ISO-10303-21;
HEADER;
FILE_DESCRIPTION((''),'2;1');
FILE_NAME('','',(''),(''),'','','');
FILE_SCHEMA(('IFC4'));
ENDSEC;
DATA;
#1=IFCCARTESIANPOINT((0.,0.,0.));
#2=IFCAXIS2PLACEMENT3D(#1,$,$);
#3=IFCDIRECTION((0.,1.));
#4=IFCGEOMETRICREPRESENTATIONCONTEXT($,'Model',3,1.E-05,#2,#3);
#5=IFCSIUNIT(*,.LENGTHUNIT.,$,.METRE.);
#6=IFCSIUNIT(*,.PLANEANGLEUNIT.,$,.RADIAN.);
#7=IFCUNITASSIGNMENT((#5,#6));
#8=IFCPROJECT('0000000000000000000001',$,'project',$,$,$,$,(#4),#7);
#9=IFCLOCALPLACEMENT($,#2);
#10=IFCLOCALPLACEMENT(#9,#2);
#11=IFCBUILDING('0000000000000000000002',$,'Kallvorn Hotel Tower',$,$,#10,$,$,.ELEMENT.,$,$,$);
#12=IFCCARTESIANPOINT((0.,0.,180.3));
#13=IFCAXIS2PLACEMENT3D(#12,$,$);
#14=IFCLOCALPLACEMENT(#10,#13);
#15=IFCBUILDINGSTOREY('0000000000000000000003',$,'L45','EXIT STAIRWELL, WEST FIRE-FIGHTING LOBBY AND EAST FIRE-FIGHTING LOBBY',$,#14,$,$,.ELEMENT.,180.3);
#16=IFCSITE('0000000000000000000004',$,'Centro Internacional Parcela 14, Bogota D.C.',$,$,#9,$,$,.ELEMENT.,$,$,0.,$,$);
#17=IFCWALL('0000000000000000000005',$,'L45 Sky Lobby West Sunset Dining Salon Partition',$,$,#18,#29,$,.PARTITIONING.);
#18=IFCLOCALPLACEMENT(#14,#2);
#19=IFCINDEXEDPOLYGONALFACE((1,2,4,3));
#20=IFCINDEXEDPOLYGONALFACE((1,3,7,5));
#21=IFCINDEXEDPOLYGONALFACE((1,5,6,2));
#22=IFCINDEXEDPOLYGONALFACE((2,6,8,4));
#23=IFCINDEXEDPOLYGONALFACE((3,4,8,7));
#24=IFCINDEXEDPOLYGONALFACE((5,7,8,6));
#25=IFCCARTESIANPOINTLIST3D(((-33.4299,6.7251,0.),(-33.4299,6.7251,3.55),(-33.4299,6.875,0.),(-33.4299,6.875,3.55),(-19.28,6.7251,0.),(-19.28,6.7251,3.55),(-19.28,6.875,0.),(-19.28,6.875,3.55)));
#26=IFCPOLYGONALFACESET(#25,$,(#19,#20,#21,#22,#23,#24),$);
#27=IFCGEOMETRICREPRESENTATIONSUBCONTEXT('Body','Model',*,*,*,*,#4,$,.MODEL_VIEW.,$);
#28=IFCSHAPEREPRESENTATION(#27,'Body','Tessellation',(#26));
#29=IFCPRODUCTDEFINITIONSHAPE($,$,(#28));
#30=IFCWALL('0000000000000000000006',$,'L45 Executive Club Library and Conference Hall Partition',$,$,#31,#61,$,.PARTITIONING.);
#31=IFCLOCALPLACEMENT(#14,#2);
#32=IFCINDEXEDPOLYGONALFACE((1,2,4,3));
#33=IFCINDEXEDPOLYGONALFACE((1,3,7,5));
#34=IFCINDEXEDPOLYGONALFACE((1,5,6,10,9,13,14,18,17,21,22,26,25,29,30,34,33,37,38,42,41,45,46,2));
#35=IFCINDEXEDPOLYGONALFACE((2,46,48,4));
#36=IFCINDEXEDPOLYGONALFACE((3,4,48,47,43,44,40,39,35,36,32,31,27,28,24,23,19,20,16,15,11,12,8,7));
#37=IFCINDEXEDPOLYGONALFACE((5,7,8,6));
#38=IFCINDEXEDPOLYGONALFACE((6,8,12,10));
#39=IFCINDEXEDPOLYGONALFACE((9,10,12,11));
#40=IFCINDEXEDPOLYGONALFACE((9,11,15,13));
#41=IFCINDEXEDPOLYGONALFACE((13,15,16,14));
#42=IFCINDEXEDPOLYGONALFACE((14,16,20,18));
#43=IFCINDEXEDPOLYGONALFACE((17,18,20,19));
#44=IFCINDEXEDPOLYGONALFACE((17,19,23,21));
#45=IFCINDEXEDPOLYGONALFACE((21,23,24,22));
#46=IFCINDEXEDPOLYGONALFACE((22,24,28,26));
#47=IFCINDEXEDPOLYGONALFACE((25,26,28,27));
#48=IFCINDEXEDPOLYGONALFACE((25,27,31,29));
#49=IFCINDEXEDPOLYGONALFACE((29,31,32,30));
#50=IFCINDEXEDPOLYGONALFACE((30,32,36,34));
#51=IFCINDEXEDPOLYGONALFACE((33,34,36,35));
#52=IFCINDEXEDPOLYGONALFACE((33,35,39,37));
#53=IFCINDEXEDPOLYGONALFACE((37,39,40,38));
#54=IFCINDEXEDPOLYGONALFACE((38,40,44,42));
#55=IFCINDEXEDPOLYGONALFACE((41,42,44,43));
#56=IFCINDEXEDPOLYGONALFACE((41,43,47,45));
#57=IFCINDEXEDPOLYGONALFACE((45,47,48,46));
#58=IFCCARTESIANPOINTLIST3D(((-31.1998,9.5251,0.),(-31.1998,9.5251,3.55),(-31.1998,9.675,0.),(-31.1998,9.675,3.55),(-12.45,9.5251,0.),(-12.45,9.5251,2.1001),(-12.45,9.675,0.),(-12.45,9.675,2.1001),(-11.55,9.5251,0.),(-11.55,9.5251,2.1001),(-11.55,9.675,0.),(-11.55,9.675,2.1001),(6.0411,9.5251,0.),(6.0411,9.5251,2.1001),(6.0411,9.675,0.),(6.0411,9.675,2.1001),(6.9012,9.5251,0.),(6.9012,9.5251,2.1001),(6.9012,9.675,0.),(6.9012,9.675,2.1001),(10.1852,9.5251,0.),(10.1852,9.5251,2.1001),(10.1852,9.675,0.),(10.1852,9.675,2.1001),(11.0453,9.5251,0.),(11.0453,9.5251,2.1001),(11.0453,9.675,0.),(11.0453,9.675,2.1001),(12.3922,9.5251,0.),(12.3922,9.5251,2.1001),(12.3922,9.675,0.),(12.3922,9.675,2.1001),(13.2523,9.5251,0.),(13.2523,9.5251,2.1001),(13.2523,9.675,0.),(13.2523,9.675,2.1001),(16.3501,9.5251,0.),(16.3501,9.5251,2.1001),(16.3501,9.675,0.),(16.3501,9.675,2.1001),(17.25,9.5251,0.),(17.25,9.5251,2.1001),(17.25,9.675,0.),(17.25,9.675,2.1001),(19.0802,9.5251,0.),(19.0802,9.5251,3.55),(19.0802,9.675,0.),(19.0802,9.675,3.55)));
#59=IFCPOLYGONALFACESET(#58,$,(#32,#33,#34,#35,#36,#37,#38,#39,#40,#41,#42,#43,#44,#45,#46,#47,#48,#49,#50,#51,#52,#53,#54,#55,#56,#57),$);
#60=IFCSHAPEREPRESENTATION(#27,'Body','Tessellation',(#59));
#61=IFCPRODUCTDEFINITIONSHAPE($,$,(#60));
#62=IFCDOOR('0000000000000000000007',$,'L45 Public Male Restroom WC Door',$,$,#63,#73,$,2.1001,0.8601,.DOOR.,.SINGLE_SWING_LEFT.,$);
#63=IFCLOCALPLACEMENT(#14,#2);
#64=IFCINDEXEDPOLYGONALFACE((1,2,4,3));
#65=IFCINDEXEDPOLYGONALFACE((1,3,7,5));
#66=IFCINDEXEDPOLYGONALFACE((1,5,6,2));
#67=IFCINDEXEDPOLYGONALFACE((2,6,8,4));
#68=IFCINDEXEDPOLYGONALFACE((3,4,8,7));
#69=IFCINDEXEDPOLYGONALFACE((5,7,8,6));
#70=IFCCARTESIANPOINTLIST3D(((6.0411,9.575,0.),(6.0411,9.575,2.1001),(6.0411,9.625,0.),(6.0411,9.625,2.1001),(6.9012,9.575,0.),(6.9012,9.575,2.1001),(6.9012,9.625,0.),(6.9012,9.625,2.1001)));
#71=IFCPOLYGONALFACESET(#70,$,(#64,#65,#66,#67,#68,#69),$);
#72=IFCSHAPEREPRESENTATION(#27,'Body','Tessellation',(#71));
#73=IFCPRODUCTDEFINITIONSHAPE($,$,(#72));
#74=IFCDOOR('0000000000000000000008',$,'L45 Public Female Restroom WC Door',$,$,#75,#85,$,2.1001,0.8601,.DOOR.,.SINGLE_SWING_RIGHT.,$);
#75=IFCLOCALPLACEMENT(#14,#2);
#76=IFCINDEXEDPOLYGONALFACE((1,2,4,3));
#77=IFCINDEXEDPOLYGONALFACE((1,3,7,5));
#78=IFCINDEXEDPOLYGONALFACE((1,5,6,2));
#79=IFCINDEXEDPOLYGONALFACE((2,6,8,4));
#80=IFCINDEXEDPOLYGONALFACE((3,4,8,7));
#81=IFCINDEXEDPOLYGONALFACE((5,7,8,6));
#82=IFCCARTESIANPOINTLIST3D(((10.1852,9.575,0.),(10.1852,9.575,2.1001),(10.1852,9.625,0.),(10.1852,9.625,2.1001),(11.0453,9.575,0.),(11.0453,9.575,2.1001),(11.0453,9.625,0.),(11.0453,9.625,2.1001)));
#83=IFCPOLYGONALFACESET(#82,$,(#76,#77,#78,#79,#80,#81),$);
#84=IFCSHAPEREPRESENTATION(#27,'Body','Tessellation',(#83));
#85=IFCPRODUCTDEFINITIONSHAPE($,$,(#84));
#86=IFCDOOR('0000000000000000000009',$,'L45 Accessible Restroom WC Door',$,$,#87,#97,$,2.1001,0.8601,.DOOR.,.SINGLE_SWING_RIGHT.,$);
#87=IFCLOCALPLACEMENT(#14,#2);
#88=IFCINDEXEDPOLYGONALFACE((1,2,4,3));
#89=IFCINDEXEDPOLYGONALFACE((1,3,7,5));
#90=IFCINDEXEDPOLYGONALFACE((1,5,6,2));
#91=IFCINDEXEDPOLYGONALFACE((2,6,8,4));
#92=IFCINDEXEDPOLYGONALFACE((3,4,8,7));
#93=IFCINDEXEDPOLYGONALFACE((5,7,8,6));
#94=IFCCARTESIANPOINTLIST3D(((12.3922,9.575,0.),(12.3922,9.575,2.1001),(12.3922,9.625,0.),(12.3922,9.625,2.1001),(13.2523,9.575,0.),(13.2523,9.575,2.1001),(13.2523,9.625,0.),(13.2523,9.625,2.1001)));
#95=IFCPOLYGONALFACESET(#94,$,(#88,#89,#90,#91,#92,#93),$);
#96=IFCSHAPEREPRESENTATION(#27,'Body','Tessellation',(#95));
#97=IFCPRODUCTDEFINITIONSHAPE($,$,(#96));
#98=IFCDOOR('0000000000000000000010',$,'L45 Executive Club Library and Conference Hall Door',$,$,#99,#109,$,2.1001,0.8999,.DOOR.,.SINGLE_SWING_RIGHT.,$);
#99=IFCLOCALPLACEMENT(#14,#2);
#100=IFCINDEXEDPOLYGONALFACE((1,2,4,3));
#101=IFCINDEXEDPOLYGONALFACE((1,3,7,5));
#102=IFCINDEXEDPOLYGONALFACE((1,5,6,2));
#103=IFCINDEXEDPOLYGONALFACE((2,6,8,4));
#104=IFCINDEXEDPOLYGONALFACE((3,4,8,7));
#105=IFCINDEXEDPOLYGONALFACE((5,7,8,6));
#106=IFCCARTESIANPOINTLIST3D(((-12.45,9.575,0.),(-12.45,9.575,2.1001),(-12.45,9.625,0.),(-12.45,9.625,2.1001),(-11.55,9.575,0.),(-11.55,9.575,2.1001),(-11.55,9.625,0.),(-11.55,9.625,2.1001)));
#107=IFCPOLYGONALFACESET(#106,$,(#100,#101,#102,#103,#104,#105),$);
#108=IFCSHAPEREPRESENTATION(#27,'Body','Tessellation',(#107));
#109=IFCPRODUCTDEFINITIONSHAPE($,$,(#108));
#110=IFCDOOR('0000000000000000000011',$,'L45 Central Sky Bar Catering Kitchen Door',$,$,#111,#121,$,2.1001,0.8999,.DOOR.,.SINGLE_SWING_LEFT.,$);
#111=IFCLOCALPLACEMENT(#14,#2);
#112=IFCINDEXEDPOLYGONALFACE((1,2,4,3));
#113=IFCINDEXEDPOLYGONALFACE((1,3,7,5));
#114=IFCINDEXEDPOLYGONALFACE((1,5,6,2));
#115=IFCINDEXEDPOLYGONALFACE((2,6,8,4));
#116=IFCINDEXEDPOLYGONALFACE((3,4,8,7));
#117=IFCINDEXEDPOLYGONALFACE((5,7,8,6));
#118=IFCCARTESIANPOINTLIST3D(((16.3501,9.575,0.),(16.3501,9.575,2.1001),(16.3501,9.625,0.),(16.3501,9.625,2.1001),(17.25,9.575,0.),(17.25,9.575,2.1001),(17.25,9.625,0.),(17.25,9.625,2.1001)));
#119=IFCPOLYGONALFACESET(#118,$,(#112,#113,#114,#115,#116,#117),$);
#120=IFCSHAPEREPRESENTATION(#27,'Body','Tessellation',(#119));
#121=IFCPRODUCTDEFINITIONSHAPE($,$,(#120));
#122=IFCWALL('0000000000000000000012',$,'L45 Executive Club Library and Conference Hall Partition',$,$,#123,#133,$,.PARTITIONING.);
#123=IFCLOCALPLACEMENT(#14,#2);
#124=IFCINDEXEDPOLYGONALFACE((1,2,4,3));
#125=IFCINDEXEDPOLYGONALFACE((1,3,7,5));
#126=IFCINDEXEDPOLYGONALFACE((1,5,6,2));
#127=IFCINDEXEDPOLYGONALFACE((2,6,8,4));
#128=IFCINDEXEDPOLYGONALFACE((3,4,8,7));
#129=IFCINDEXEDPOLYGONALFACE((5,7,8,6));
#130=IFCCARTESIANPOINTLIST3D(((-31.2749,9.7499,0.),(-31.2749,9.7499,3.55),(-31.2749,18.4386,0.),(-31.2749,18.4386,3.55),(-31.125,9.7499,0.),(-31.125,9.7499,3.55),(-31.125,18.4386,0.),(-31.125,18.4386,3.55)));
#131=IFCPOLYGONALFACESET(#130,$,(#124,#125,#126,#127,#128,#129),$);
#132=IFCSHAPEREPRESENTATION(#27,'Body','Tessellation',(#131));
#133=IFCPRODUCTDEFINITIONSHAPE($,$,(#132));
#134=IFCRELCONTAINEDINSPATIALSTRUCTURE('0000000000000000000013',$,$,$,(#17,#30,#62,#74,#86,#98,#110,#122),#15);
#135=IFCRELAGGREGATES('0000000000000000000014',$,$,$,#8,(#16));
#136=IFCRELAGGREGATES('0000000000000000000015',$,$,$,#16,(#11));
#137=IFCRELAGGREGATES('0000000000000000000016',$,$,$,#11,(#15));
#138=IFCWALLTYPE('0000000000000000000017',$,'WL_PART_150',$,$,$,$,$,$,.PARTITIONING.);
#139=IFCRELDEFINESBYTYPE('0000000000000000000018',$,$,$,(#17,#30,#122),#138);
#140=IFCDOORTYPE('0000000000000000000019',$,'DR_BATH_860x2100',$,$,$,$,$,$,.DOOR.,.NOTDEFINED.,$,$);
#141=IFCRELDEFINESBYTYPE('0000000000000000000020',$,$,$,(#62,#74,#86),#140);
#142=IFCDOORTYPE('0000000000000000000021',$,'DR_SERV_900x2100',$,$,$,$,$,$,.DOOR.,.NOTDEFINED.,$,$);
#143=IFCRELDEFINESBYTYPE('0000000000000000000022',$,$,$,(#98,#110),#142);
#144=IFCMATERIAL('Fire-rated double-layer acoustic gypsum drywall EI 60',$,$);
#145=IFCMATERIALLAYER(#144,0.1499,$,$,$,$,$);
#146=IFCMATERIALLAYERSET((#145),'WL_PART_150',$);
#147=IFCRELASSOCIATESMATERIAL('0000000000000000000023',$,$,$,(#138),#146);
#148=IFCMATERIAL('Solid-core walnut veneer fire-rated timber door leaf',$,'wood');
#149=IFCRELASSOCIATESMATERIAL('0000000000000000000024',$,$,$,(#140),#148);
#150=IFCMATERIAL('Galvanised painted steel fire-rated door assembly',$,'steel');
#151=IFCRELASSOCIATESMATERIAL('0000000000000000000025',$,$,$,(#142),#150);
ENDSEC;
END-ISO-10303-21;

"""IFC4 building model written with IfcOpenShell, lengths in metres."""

from ifc_helpers import new_model, si_unit, direction, frame, frame_2d, origin, place, context, subcontext, project, spatial, rectangle, extrude, material, layer, layer_set, type_object, element, fill, save


model = new_model("IFC4")

# Units and contexts
model_context = context("Model", 3, precision=1e-05, world=origin(), true_north=direction((0.0, 1.0)))
body_context = subcontext(model_context, "Body", "Model", "MODEL_VIEW")
ifc_project = project(units=[si_unit("LENGTHUNIT", "METRE"), si_unit("PLANEANGLEUNIT", "RADIAN")], contexts=[model_context])

# Site, building, storey
site_placement = place(None, origin())
site = spatial("IfcSite", under=ifc_project, at=site_placement, Name="Centro Internacional Parcela 14, Bogota D.C.", CompositionType="ELEMENT", RefElevation=0.0)
building_placement = place(site_placement, origin())
building = spatial("IfcBuilding", under=site, at=building_placement, Name="Kallvorn Hotel Tower", CompositionType="ELEMENT")
storey_placement = place(building_placement, frame((0.0, 0.0, 180.3)))
storey = spatial("IfcBuildingStorey", under=building, at=storey_placement, Name="L45", Description="EXIT STAIRWELL, WEST FIRE-FIGHTING LOBBY AND EAST FIRE-FIGHTING LOBBY", CompositionType="ELEMENT", Elevation=180.3)

# Wall
ifc_material_1 = material(Name="Fire-rated double-layer acoustic gypsum drywall EI 60")
ifc_layer_1 = layer(ifc_material_1, 0.1499)
ifc_layer_set_1 = layer_set([ifc_layer_1], Name="WL_PART_150")
wall_type = type_object("IfcWallType", Name="WL_PART_150", PredefinedType="PARTITIONING", material=ifc_layer_set_1)
wall_1_placement = place(storey_placement, frame((-33.4299, 6.8, 0.0), z_axis=(0.0, 0.0, 1.0), x_axis=(1.0, 0.0, 0.0)))
element("IfcWall", 1, at=wall_1_placement, inside=storey, type_object=wall_type, Name="L45 Sky Lobby West Sunset Dining Salon Partition", PredefinedType="PARTITIONING", context=body_context, shape_type="SweptSolid", body=[
    extrude(rectangle(XDim=14.1499, YDim=0.1499, at=frame_2d((7.075, 0.0))), origin(), (0.0, 0.0, 1.0), 3.55),
])

# Wall, openings, doors
wall_2_placement = place(storey_placement, frame((-31.2, 9.6001, 0.0), z_axis=(0.0, 0.0, 1.0), x_axis=(1.0, 0.0, 0.0)))
wall_2 = element("IfcWall", 2, at=wall_2_placement, inside=storey, type_object=wall_type, Name="L45 Executive Club Library and Conference Hall Partition", PredefinedType="PARTITIONING", context=body_context, shape_type="SweptSolid", body=[
    extrude(rectangle(XDim=50.28, YDim=0.1499, at=frame_2d((25.1401, 0.0))), origin(), (0.0, 0.0, 1.0), 3.55),
])
opening_1_placement = place(wall_2_placement, frame((18.75, 0.0, 0.0)))
opening_1 = element("IfcOpeningElement", 3, at=opening_1_placement, cuts=wall_2, PredefinedType="OPENING", context=body_context, shape_type="SweptSolid", body=[
    extrude(rectangle(XDim=0.8999, YDim=2.1001, at=frame_2d((0.45, 1.05))), frame((0.0, 0.0898, 0.0), z_axis=(0.0, -1.0, 0.0), x_axis=(1.0, 0.0, 0.0)), (0.0, 0.0, 1.0), 0.1799),
])
opening_2_placement = place(wall_2_placement, frame((37.241, 0.0, 0.0)))
opening_2 = element("IfcOpeningElement", 4, at=opening_2_placement, cuts=wall_2, PredefinedType="OPENING", context=body_context, shape_type="SweptSolid", body=[
    extrude(rectangle(XDim=0.8601, YDim=2.1001, at=frame_2d((0.4302, 1.05))), frame((0.0, 0.0898, 0.0), z_axis=(0.0, -1.0, 0.0), x_axis=(1.0, 0.0, 0.0)), (0.0, 0.0, 1.0), 0.1799),
])
opening_3_placement = place(wall_2_placement, frame((41.385, 0.0, 0.0)))
opening_3 = element("IfcOpeningElement", 5, at=opening_3_placement, cuts=wall_2, PredefinedType="OPENING", context=body_context, shape_type="SweptSolid", body=[
    extrude(rectangle(XDim=0.8601, YDim=2.1001, at=frame_2d((0.4302, 1.05))), frame((0.0, 0.0898, 0.0), z_axis=(0.0, -1.0, 0.0), x_axis=(1.0, 0.0, 0.0)), (0.0, 0.0, 1.0), 0.1799),
])
opening_4_placement = place(wall_2_placement, frame((43.592, 0.0, 0.0)))
opening_4 = element("IfcOpeningElement", 6, at=opening_4_placement, cuts=wall_2, PredefinedType="OPENING", context=body_context, shape_type="SweptSolid", body=[
    extrude(rectangle(XDim=0.8601, YDim=2.1001, at=frame_2d((0.4302, 1.05))), frame((0.0, 0.0898, 0.0), z_axis=(0.0, -1.0, 0.0), x_axis=(1.0, 0.0, 0.0)), (0.0, 0.0, 1.0), 0.1799),
])
opening_5_placement = place(wall_2_placement, frame((47.55, 0.0, 0.0)))
opening_5 = element("IfcOpeningElement", 7, at=opening_5_placement, cuts=wall_2, PredefinedType="OPENING", context=body_context, shape_type="SweptSolid", body=[
    extrude(rectangle(XDim=0.8999, YDim=2.1001, at=frame_2d((0.45, 1.05))), frame((0.0, 0.0898, 0.0), z_axis=(0.0, -1.0, 0.0), x_axis=(1.0, 0.0, 0.0)), (0.0, 0.0, 1.0), 0.1799),
])
ifc_material_2 = material(Name="Solid-core walnut veneer fire-rated timber door leaf", Category="wood")
door_type_1 = type_object("IfcDoorType", Name="DR_BATH_860x2100", OperationType="NOTDEFINED", PredefinedType="DOOR", material=ifc_material_2)
door_1_placement = place(opening_2_placement, origin())
door_1 = element("IfcDoor", 8, at=door_1_placement, inside=storey, type_object=door_type_1, Name="L45 Public Male Restroom WC Door", OperationType="SINGLE_SWING_LEFT", OverallHeight=2.1001, OverallWidth=0.8601, PredefinedType="DOOR", context=body_context, shape_type="SweptSolid", body=[
    extrude(rectangle(XDim=0.8601, YDim=2.1001, at=frame_2d((0.4302, 1.05))), frame((0.0, 0.0249, 0.0), z_axis=(0.0, -1.0, 0.0), x_axis=(1.0, 0.0, 0.0)), (0.0, 0.0, 1.0), 0.05),
])
fill(opening_2, door_1)
door_2_placement = place(opening_3_placement, origin())
door_2 = element("IfcDoor", 9, at=door_2_placement, inside=storey, type_object=door_type_1, Name="L45 Public Female Restroom WC Door", OperationType="SINGLE_SWING_RIGHT", OverallHeight=2.1001, OverallWidth=0.8601, PredefinedType="DOOR", context=body_context, shape_type="SweptSolid", body=[
    extrude(rectangle(XDim=0.8601, YDim=2.1001, at=frame_2d((0.4302, 1.05))), frame((0.0, 0.0249, 0.0), z_axis=(0.0, -1.0, 0.0), x_axis=(1.0, 0.0, 0.0)), (0.0, 0.0, 1.0), 0.05),
])
fill(opening_3, door_2)
door_3_placement = place(opening_4_placement, origin())
door_3 = element("IfcDoor", 10, at=door_3_placement, inside=storey, type_object=door_type_1, Name="L45 Accessible Restroom WC Door", OperationType="SINGLE_SWING_RIGHT", OverallHeight=2.1001, OverallWidth=0.8601, PredefinedType="DOOR", context=body_context, shape_type="SweptSolid", body=[
    extrude(rectangle(XDim=0.8601, YDim=2.1001, at=frame_2d((0.4302, 1.05))), frame((0.0, 0.0249, 0.0), z_axis=(0.0, -1.0, 0.0), x_axis=(1.0, 0.0, 0.0)), (0.0, 0.0, 1.0), 0.05),
])
fill(opening_4, door_3)
ifc_material_3 = material(Name="Galvanised painted steel fire-rated door assembly", Category="steel")
door_type_2 = type_object("IfcDoorType", Name="DR_SERV_900x2100", OperationType="NOTDEFINED", PredefinedType="DOOR", material=ifc_material_3)
door_4_placement = place(opening_1_placement, origin())
door_4 = element("IfcDoor", 11, at=door_4_placement, inside=storey, type_object=door_type_2, Name="L45 Executive Club Library and Conference Hall Door", OperationType="SINGLE_SWING_RIGHT", OverallHeight=2.1001, OverallWidth=0.8999, PredefinedType="DOOR", context=body_context, shape_type="SweptSolid", body=[
    extrude(rectangle(XDim=0.8999, YDim=2.1001, at=frame_2d((0.45, 1.05))), frame((0.0, 0.0249, 0.0), z_axis=(0.0, -1.0, 0.0), x_axis=(1.0, 0.0, 0.0)), (0.0, 0.0, 1.0), 0.05),
])
fill(opening_1, door_4)
door_5_placement = place(opening_5_placement, origin())
door_5 = element("IfcDoor", 12, at=door_5_placement, inside=storey, type_object=door_type_2, Name="L45 Central Sky Bar Catering Kitchen Door", OperationType="SINGLE_SWING_LEFT", OverallHeight=2.1001, OverallWidth=0.8999, PredefinedType="DOOR", context=body_context, shape_type="SweptSolid", body=[
    extrude(rectangle(XDim=0.8999, YDim=2.1001, at=frame_2d((0.45, 1.05))), frame((0.0, 0.0249, 0.0), z_axis=(0.0, -1.0, 0.0), x_axis=(1.0, 0.0, 0.0)), (0.0, 0.0, 1.0), 0.05),
])
fill(opening_5, door_5)

# Wall
wall_3_placement = place(storey_placement, frame((-31.2, 9.75, 0.0), z_axis=(0.0, 0.0, 1.0), x_axis=(0.0, 1.0, 0.0)))
element("IfcWall", 13, at=wall_3_placement, inside=storey, type_object=wall_type, Name="L45 Executive Club Library and Conference Hall Partition", PredefinedType="PARTITIONING", context=body_context, shape_type="SweptSolid", body=[
    extrude(rectangle(XDim=8.6887, YDim=0.1499, at=frame_2d((4.3442, 0.0))), origin(), (0.0, 0.0, 1.0), 3.55),
])

save(model, "model.ifc")
